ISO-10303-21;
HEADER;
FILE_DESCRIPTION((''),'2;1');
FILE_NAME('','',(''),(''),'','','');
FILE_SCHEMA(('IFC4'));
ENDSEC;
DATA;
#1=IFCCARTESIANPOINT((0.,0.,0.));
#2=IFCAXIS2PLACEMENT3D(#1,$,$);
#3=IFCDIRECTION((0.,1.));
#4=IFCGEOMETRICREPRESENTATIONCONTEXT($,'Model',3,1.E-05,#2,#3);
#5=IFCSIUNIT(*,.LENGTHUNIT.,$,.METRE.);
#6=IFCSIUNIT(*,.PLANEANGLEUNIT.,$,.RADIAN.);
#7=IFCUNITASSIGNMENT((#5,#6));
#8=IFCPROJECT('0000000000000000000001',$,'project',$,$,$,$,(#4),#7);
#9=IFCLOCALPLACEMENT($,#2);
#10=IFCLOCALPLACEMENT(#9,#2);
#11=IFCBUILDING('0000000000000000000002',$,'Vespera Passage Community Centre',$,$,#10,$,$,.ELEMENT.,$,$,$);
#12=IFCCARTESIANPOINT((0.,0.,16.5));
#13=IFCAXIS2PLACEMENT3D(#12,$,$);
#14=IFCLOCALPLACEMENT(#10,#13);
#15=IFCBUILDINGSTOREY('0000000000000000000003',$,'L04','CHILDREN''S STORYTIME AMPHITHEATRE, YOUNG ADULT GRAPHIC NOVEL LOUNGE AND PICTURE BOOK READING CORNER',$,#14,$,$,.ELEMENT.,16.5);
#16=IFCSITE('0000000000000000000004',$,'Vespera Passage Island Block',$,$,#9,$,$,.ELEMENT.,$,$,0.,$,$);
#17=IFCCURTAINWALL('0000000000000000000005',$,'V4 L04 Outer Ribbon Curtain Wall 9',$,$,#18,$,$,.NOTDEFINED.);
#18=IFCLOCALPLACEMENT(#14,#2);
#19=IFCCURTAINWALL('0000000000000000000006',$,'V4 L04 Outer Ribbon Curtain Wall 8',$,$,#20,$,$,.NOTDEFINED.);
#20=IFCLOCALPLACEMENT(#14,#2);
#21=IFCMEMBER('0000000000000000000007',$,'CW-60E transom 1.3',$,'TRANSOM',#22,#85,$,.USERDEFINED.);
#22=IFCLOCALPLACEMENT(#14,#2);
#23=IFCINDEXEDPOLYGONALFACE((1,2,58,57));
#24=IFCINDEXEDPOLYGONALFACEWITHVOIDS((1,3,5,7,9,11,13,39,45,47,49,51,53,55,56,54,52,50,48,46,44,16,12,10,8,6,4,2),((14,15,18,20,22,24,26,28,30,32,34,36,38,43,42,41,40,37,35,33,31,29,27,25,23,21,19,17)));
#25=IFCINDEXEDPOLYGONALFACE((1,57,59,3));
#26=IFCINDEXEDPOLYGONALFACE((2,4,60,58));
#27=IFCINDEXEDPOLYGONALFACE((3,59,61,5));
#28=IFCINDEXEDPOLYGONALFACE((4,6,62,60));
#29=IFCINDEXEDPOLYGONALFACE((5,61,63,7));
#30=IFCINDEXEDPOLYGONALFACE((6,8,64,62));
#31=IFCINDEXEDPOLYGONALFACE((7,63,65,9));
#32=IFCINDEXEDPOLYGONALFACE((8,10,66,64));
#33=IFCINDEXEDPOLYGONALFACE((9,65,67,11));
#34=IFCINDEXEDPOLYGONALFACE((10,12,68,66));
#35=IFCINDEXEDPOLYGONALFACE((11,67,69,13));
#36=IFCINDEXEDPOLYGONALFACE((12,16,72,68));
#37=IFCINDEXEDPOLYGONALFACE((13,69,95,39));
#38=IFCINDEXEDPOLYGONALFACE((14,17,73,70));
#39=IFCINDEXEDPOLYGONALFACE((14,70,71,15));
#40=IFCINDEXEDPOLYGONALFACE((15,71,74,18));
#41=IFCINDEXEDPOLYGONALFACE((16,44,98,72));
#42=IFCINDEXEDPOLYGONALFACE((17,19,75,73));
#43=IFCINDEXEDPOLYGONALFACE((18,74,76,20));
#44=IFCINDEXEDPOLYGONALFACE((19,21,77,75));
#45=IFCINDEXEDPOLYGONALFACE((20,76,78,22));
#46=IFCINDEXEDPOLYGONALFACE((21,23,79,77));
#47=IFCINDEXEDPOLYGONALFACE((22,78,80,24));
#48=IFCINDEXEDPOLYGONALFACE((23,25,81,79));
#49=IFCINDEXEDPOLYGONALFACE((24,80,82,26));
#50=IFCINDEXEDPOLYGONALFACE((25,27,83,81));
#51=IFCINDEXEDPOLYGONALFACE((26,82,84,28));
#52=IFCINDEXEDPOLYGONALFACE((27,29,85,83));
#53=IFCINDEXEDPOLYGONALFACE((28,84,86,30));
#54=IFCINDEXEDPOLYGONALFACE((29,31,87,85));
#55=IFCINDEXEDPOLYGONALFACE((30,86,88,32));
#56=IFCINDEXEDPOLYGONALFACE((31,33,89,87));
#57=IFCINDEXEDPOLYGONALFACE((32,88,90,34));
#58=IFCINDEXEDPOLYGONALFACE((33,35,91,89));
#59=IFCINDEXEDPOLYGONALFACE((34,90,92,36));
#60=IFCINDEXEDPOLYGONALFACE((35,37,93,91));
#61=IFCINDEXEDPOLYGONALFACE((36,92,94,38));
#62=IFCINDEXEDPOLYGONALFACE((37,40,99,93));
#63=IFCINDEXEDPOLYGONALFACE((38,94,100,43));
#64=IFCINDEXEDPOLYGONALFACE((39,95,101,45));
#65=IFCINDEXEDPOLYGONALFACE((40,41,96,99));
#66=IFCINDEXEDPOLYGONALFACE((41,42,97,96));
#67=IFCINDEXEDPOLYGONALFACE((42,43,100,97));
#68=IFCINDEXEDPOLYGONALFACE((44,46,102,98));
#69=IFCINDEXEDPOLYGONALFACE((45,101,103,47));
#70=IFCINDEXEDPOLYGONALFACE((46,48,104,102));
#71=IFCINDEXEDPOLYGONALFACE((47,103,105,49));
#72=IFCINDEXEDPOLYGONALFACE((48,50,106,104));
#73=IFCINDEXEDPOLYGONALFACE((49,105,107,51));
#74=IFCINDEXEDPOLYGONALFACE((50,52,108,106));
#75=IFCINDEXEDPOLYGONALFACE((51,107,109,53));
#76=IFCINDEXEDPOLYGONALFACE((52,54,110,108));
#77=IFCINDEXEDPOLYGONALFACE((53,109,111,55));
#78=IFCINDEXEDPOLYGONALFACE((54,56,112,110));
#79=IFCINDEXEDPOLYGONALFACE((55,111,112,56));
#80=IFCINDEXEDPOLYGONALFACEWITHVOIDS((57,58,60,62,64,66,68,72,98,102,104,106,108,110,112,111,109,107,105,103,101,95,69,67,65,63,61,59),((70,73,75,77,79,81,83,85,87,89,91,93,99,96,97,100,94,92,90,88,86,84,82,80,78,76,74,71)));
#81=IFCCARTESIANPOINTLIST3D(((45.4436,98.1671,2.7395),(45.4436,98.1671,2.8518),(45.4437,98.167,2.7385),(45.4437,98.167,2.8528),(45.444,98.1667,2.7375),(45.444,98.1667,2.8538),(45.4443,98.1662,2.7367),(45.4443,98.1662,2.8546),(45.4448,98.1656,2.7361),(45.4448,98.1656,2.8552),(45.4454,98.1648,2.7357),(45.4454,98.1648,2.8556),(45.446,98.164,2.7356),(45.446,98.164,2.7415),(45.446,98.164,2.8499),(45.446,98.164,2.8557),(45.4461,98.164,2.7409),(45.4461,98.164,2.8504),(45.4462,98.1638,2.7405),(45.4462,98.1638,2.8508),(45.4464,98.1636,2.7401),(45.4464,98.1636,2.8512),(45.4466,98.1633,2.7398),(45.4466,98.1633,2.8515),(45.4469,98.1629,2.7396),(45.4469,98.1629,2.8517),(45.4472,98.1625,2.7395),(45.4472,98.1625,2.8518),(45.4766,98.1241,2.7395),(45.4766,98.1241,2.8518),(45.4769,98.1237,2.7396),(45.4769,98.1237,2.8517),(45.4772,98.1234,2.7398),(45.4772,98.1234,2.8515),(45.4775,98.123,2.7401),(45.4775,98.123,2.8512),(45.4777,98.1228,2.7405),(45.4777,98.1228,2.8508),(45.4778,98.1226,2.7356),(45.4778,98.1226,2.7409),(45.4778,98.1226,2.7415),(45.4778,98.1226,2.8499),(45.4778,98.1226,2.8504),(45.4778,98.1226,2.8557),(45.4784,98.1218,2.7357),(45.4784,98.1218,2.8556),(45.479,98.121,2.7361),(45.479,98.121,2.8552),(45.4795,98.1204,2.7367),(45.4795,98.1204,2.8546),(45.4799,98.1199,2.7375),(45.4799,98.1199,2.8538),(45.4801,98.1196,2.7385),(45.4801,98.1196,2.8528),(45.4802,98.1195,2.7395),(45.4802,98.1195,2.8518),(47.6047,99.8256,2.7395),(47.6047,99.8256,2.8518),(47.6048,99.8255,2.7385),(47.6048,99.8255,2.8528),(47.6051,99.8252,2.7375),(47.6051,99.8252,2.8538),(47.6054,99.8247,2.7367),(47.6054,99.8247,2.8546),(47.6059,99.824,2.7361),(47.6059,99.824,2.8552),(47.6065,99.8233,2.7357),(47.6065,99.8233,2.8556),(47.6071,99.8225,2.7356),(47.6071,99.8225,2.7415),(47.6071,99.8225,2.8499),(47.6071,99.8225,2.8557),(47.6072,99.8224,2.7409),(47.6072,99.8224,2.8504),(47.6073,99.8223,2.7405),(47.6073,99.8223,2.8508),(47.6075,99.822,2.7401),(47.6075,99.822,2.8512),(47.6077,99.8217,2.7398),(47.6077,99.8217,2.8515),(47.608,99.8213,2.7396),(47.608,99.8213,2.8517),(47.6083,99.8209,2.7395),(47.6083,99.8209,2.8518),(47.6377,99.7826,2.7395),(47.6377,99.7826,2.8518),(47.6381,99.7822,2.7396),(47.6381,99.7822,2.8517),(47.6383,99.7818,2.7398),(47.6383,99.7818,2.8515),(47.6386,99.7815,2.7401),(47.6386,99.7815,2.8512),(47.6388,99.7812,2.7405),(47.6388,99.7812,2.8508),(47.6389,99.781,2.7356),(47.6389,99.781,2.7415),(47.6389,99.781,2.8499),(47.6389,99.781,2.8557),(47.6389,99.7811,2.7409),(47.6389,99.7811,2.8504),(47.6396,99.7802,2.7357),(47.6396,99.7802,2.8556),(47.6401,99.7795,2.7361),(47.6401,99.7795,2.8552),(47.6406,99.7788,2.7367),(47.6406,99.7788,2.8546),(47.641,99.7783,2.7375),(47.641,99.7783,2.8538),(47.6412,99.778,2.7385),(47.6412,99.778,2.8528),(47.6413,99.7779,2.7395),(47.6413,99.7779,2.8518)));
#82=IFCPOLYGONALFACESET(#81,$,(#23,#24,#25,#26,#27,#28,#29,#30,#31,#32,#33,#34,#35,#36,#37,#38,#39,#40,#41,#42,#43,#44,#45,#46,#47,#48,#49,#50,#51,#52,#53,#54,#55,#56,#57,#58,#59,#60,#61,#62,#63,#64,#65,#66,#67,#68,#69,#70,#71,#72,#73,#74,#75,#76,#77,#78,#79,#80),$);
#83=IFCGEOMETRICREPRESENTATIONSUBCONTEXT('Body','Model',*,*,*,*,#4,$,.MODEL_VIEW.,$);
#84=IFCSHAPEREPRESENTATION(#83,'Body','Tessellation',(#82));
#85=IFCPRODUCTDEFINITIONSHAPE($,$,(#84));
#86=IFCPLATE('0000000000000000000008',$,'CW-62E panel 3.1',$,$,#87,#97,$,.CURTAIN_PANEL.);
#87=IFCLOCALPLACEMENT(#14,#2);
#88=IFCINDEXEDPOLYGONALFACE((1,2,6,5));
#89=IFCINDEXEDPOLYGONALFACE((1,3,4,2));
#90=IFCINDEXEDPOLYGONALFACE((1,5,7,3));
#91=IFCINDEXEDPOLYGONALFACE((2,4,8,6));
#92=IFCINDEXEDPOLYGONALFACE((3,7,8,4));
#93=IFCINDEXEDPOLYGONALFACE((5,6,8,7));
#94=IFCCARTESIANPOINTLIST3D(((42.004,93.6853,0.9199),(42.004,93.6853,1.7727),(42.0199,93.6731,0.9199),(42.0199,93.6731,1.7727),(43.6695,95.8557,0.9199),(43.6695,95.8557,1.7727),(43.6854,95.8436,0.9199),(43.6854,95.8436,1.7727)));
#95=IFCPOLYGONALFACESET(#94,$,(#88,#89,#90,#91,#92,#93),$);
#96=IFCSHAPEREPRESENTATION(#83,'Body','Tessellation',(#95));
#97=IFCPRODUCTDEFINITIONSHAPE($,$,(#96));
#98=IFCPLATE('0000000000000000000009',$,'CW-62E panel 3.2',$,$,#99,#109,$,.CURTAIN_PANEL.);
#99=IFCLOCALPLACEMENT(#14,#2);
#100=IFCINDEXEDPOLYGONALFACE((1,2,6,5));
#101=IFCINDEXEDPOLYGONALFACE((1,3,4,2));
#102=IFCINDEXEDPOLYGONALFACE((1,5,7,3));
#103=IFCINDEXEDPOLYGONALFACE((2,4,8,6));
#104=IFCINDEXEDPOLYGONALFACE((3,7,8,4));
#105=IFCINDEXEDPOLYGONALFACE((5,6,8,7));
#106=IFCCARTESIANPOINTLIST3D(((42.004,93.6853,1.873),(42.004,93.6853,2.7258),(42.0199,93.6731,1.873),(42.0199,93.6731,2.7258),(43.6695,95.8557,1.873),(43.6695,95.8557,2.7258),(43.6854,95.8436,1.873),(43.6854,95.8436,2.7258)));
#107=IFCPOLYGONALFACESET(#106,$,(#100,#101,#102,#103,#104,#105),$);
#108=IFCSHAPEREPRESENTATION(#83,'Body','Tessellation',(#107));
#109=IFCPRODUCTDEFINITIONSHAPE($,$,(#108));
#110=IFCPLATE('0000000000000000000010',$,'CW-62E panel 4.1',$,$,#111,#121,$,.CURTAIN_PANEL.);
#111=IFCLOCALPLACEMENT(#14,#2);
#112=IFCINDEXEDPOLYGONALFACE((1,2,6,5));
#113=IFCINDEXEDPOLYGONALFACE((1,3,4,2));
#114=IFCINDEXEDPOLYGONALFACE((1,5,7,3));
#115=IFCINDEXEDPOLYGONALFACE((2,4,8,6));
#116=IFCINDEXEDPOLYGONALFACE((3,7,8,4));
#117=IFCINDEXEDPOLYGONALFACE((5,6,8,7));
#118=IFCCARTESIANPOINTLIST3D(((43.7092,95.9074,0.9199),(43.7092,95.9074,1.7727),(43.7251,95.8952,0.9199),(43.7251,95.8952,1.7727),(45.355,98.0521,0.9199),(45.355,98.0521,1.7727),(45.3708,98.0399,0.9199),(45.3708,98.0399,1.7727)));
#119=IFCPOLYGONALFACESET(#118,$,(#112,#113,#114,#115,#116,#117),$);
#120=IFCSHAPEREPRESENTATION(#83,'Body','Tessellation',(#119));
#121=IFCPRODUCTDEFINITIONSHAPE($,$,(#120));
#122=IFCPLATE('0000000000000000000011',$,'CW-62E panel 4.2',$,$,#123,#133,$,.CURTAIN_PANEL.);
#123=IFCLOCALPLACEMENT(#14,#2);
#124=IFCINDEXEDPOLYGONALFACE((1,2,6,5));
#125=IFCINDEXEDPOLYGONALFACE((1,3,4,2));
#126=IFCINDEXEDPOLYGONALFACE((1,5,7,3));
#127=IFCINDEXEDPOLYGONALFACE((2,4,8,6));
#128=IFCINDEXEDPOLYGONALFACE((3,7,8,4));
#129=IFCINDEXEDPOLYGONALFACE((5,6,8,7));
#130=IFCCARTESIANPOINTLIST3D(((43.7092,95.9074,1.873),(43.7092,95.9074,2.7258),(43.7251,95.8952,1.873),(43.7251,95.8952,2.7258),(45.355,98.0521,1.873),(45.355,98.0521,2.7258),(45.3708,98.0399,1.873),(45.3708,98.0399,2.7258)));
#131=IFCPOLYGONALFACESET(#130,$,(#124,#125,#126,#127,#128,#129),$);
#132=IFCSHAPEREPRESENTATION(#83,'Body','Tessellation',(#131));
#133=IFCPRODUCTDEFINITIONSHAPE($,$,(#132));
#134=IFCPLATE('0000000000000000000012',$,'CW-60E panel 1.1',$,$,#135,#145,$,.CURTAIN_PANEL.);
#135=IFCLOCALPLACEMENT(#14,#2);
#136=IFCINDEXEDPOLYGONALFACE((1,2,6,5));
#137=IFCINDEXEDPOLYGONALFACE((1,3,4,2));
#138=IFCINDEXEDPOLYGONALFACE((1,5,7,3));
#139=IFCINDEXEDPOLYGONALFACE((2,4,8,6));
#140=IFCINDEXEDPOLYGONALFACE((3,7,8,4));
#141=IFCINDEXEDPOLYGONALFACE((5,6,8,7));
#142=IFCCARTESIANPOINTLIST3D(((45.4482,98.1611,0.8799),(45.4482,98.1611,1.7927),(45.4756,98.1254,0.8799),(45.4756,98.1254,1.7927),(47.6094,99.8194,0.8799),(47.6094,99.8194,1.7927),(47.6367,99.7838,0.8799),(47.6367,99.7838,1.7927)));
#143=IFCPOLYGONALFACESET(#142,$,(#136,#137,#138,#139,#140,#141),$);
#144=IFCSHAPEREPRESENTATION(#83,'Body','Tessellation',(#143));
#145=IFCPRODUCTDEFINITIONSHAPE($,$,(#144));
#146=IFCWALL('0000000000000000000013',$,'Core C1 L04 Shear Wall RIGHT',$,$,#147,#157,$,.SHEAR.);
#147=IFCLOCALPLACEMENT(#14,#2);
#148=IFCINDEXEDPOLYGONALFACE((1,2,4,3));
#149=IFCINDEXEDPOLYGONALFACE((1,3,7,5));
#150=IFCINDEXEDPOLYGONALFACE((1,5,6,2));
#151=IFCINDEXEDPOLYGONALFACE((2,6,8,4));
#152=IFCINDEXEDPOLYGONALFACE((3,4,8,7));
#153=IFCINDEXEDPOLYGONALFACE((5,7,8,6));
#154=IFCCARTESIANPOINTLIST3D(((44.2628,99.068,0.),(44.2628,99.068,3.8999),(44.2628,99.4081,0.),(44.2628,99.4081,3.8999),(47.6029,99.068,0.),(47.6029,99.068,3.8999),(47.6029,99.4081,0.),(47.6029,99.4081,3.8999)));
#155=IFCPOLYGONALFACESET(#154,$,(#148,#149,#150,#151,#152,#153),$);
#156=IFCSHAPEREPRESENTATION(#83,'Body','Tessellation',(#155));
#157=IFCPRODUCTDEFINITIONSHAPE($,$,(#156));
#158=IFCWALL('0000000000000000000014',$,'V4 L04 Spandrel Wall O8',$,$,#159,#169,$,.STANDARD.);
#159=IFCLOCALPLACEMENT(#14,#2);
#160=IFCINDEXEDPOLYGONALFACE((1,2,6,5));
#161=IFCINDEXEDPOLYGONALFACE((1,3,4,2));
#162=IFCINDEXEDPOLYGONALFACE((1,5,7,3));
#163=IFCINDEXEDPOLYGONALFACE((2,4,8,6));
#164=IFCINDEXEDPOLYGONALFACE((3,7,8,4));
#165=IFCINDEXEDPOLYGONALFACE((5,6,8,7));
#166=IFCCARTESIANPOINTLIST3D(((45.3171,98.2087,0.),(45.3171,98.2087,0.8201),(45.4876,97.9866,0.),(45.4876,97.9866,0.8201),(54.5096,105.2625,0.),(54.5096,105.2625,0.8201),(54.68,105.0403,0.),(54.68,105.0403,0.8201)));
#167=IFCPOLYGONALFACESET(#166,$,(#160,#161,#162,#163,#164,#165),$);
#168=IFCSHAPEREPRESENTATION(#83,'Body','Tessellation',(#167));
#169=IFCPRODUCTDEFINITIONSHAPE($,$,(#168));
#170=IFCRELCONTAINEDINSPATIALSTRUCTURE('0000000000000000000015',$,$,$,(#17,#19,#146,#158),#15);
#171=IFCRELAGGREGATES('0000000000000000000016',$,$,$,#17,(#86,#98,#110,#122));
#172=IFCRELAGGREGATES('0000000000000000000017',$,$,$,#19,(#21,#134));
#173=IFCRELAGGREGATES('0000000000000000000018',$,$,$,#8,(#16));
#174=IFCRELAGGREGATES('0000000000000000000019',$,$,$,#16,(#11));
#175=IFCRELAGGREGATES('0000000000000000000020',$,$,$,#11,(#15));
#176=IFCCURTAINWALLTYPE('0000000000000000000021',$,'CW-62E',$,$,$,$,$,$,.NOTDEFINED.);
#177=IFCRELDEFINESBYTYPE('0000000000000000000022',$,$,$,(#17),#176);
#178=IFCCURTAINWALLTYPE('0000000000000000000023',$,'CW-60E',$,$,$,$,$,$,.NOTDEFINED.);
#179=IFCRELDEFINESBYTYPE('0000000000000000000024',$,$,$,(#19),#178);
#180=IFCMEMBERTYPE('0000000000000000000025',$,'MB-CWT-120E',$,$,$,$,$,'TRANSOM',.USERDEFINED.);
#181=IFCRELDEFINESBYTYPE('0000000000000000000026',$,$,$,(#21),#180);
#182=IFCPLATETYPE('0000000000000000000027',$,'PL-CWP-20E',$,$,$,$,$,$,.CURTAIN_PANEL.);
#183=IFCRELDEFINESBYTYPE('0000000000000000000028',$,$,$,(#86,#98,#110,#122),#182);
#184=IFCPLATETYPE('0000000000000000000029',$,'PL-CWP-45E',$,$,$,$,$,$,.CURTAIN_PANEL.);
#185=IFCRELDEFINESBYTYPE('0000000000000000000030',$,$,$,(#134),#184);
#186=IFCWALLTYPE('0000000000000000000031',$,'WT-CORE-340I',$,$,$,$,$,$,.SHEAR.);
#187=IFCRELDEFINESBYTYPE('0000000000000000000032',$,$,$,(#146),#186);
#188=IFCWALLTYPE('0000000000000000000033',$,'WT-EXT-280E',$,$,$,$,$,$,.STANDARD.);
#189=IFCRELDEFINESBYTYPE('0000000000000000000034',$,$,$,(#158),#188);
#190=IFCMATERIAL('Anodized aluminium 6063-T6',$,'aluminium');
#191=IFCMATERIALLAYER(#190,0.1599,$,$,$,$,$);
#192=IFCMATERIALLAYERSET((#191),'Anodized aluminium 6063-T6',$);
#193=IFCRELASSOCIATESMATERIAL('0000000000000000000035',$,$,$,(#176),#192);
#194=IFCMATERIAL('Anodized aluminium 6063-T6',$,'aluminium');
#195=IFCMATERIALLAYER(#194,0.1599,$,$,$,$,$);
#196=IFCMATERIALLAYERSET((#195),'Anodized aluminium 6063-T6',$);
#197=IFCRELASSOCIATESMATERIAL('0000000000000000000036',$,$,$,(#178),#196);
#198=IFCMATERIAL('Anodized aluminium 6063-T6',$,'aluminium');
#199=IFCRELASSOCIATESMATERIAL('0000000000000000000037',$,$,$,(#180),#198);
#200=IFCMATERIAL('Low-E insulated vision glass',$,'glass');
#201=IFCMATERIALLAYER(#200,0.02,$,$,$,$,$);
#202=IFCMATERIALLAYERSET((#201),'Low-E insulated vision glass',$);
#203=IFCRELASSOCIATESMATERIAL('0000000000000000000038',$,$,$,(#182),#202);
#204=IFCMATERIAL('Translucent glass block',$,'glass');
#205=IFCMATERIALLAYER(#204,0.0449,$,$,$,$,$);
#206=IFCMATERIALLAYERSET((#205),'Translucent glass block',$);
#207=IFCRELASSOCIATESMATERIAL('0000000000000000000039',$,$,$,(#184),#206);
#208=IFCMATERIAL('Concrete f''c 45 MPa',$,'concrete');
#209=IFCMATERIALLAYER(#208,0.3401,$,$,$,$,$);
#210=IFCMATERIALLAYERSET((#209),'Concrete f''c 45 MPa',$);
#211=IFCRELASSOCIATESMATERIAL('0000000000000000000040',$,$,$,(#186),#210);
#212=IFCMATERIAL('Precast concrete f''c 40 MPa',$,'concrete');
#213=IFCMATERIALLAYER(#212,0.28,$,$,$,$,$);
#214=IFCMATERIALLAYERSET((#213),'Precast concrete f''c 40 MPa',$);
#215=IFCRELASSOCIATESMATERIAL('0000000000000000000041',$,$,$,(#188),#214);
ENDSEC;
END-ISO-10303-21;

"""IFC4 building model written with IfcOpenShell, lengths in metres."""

from ifc_helpers import new_model, si_unit, direction, frame, frame_2d, origin, origin_2d, place, context, subcontext, project, spatial, rectangle, hollow_rectangle, extrude, material, layer, layer_set, material_profile, profile_set, type_object, element, aggregate, save


model = new_model("IFC4")

# Units and contexts
model_context = context("Model", 3, precision=1e-05, world=origin(), true_north=direction((0.0, 1.0)))
body_context = subcontext(model_context, "Body", "Model", "MODEL_VIEW")
ifc_project = project(units=[si_unit("LENGTHUNIT", "METRE"), si_unit("PLANEANGLEUNIT", "RADIAN")], contexts=[model_context])

# Site, building, storey
site_placement = place(None, origin())
site = spatial("IfcSite", under=ifc_project, at=site_placement, Name="Vespera Passage Island Block", CompositionType="ELEMENT", RefElevation=0.0)
building_placement = place(site_placement, origin())
building = spatial("IfcBuilding", under=site, at=building_placement, Name="Vespera Passage Community Centre", CompositionType="ELEMENT")
storey_placement = place(building_placement, frame((0.0, 0.0, 16.5)))
storey = spatial("IfcBuildingStorey", under=building, at=storey_placement, Name="L04", Description="CHILDREN'S STORYTIME AMPHITHEATRE, YOUNG ADULT GRAPHIC NOVEL LOUNGE AND PICTURE BOOK READING CORNER", CompositionType="ELEMENT", Elevation=16.5)

# Curtain wall
ifc_material_1 = material(Name="Anodized aluminium 6063-T6", Category="aluminium")
ifc_layer_1 = layer(ifc_material_1, 0.1599)
ifc_layer_set_1 = layer_set([ifc_layer_1], Name="Anodized aluminium 6063-T6")
curtain_wall_type_1 = type_object("IfcCurtainWallType", Name="CW-62E", PredefinedType="NOTDEFINED", material=ifc_layer_set_1)
curtain_wall_1_placement = place(storey_placement, origin())
curtain_wall_1 = element("IfcCurtainWall", 1, at=curtain_wall_1_placement, inside=storey, type_object=curtain_wall_type_1, Name="V4 L04 Outer Ribbon Curtain Wall 9", PredefinedType="NOTDEFINED")

# Curtain wall
ifc_material_2 = material(Name="Anodized aluminium 6063-T6", Category="aluminium")
ifc_layer_2 = layer(ifc_material_2, 0.1599)
ifc_layer_set_2 = layer_set([ifc_layer_2], Name="Anodized aluminium 6063-T6")
curtain_wall_type_2 = type_object("IfcCurtainWallType", Name="CW-60E", PredefinedType="NOTDEFINED", material=ifc_layer_set_2)
curtain_wall_2_placement = place(storey_placement, origin())
curtain_wall_2 = element("IfcCurtainWall", 2, at=curtain_wall_2_placement, inside=storey, type_object=curtain_wall_type_2, Name="V4 L04 Outer Ribbon Curtain Wall 8", PredefinedType="NOTDEFINED")

# Member
ifc_material_3 = material(Name="Anodized aluminium 6063-T6", Category="aluminium")
ifc_material_profile_1 = material_profile(ifc_material_3, hollow_rectangle(XDim=0.0601, YDim=0.1201, WallThickness=0.0039, InnerFilletRadius=0.002, OuterFilletRadius=0.0039, at=origin_2d()), Name="ALU120X60X4")
ifc_profile_set_1 = profile_set([ifc_material_profile_1], Name="Anodized aluminium 6063-T6")
member_type_1 = type_object("IfcMemberType", Name="MB-CWT-120E", ElementType="TRANSOM", PredefinedType="USERDEFINED", material=ifc_profile_set_1)
member_1_placement = place(storey_placement, frame((45.4619, 98.1433, 2.7957), z_axis=(0.793326, 0.608796, 0.0), x_axis=(-0.608796, 0.793326, 0.0)))
member_1 = element("IfcMember", 3, at=member_1_placement, type_object=member_type_1, Name="CW-60E transom 1.3", ObjectType="TRANSOM", PredefinedType="USERDEFINED", context=body_context, shape_type="SweptSolid", body=[
    extrude(hollow_rectangle(XDim=0.0601, YDim=0.1201, WallThickness=0.0039, InnerFilletRadius=0.002, OuterFilletRadius=0.0039, at=origin_2d()), origin(), (0.0, 0.0, 1.0), 2.7241),
])

# Plates
ifc_material_4 = material(Name="Low-E insulated vision glass", Category="glass")
ifc_layer_3 = layer(ifc_material_4, 0.02)
ifc_layer_set_3 = layer_set([ifc_layer_3], Name="Low-E insulated vision glass")
plate_type_1 = type_object("IfcPlateType", Name="PL-CWP-20E", PredefinedType="CURTAIN_PANEL", material=ifc_layer_set_3)
plate_1_placement = place(storey_placement, frame((42.8447, 94.7644, 0.9199), z_axis=(0.0, 0.0, 1.0), x_axis=(0.608765, 0.79335, 0.0)))
plate_1 = element("IfcPlate", 4, at=plate_1_placement, type_object=plate_type_1, Name="CW-62E panel 3.1", PredefinedType="CURTAIN_PANEL", context=body_context, shape_type="SweptSolid", body=[
    extrude(rectangle(XDim=2.7358, YDim=0.02, at=origin_2d()), origin(), (0.0, 0.0, 1.0), 0.8528),
])
plate_2_placement = place(storey_placement, frame((42.8447, 94.7644, 1.873), z_axis=(0.0, 0.0, 1.0), x_axis=(0.608765, 0.79335, 0.0)))
plate_2 = element("IfcPlate", 5, at=plate_2_placement, type_object=plate_type_1, Name="CW-62E panel 3.2", PredefinedType="CURTAIN_PANEL", context=body_context, shape_type="SweptSolid", body=[
    extrude(rectangle(XDim=2.7358, YDim=0.02, at=origin_2d()), origin(), (0.0, 0.0, 1.0), 0.8528),
])
plate_3_placement = place(storey_placement, frame((44.54, 96.9736, 0.9199), z_axis=(0.0, 0.0, 1.0), x_axis=(0.608765, 0.79335, 0.0)))
plate_3 = element("IfcPlate", 6, at=plate_3_placement, type_object=plate_type_1, Name="CW-62E panel 4.1", PredefinedType="CURTAIN_PANEL", context=body_context, shape_type="SweptSolid", body=[
    extrude(rectangle(XDim=2.7034, YDim=0.02, at=origin_2d()), origin(), (0.0, 0.0, 1.0), 0.8528),
])
plate_4_placement = place(storey_placement, frame((44.54, 96.9736, 1.873), z_axis=(0.0, 0.0, 1.0), x_axis=(0.608765, 0.79335, 0.0)))
plate_4 = element("IfcPlate", 7, at=plate_4_placement, type_object=plate_type_1, Name="CW-62E panel 4.2", PredefinedType="CURTAIN_PANEL", context=body_context, shape_type="SweptSolid", body=[
    extrude(rectangle(XDim=2.7034, YDim=0.02, at=origin_2d()), origin(), (0.0, 0.0, 1.0), 0.8528),
])
aggregate(curtain_wall_1, [plate_1, plate_2, plate_3, plate_4])
ifc_material_5 = material(Name="Translucent glass block", Category="glass")
ifc_layer_4 = layer(ifc_material_5, 0.0449)
ifc_layer_set_4 = layer_set([ifc_layer_4], Name="Translucent glass block")
plate_type_2 = type_object("IfcPlateType", Name="PL-CWP-45E", PredefinedType="CURTAIN_PANEL", material=ifc_layer_set_4)
plate_5_placement = place(storey_placement, frame((46.5425, 98.9724, 0.8799), z_axis=(0.0, 0.0, 1.0), x_axis=(0.793348, 0.608768, 0.0)))
plate_5 = element("IfcPlate", 8, at=plate_5_placement, type_object=plate_type_2, Name="CW-60E panel 1.1", PredefinedType="CURTAIN_PANEL", context=body_context, shape_type="SweptSolid", body=[
    extrude(rectangle(XDim=2.7241, YDim=0.0449, at=origin_2d()), origin(), (0.0, 0.0, 1.0), 0.9128),
])
aggregate(curtain_wall_2, [member_1, plate_5])

# Walls
ifc_material_6 = material(Name="Concrete f'c 45 MPa", Category="concrete")
ifc_layer_5 = layer(ifc_material_6, 0.3401)
ifc_layer_set_5 = layer_set([ifc_layer_5], Name="Concrete f'c 45 MPa")
wall_type_1 = type_object("IfcWallType", Name="WT-CORE-340I", PredefinedType="SHEAR", material=ifc_layer_set_5)
wall_1_placement = place(storey_placement, frame((44.2629, 99.238, 0.0), z_axis=(0.0, 0.0, 1.0), x_axis=(1.0, 0.0, 0.0)))
element("IfcWall", 9, at=wall_1_placement, inside=storey, type_object=wall_type_1, Name="Core C1 L04 Shear Wall RIGHT", PredefinedType="SHEAR", context=body_context, shape_type="SweptSolid", body=[
    extrude(rectangle(XDim=3.3401, YDim=0.3401, at=frame_2d((1.6699, 0.0))), origin(), (0.0, 0.0, 1.0), 3.8999),
])
ifc_material_7 = material(Name="Precast concrete f'c 40 MPa", Category="concrete")
ifc_layer_6 = layer(ifc_material_7, 0.28)
ifc_layer_set_6 = layer_set([ifc_layer_6], Name="Precast concrete f'c 40 MPa")
wall_type_2 = type_object("IfcWallType", Name="WT-EXT-280E", PredefinedType="STANDARD", material=ifc_layer_set_6)
wall_2_placement = place(storey_placement, frame((45.4023, 98.0977, 0.0), z_axis=(0.0, 0.0, 1.0), x_axis=(0.793347, 0.608769, 0.0)))
element("IfcWall", 10, at=wall_2_placement, inside=storey, type_object=wall_type_2, Name="V4 L04 Spandrel Wall O8", PredefinedType="STANDARD", context=body_context, shape_type="SweptSolid", body=[
    extrude(rectangle(XDim=11.5869, YDim=0.28, at=frame_2d((5.7935, 0.0))), origin(), (0.0, 0.0, 1.0), 0.8201),
])

save(model, "model.ifc")
